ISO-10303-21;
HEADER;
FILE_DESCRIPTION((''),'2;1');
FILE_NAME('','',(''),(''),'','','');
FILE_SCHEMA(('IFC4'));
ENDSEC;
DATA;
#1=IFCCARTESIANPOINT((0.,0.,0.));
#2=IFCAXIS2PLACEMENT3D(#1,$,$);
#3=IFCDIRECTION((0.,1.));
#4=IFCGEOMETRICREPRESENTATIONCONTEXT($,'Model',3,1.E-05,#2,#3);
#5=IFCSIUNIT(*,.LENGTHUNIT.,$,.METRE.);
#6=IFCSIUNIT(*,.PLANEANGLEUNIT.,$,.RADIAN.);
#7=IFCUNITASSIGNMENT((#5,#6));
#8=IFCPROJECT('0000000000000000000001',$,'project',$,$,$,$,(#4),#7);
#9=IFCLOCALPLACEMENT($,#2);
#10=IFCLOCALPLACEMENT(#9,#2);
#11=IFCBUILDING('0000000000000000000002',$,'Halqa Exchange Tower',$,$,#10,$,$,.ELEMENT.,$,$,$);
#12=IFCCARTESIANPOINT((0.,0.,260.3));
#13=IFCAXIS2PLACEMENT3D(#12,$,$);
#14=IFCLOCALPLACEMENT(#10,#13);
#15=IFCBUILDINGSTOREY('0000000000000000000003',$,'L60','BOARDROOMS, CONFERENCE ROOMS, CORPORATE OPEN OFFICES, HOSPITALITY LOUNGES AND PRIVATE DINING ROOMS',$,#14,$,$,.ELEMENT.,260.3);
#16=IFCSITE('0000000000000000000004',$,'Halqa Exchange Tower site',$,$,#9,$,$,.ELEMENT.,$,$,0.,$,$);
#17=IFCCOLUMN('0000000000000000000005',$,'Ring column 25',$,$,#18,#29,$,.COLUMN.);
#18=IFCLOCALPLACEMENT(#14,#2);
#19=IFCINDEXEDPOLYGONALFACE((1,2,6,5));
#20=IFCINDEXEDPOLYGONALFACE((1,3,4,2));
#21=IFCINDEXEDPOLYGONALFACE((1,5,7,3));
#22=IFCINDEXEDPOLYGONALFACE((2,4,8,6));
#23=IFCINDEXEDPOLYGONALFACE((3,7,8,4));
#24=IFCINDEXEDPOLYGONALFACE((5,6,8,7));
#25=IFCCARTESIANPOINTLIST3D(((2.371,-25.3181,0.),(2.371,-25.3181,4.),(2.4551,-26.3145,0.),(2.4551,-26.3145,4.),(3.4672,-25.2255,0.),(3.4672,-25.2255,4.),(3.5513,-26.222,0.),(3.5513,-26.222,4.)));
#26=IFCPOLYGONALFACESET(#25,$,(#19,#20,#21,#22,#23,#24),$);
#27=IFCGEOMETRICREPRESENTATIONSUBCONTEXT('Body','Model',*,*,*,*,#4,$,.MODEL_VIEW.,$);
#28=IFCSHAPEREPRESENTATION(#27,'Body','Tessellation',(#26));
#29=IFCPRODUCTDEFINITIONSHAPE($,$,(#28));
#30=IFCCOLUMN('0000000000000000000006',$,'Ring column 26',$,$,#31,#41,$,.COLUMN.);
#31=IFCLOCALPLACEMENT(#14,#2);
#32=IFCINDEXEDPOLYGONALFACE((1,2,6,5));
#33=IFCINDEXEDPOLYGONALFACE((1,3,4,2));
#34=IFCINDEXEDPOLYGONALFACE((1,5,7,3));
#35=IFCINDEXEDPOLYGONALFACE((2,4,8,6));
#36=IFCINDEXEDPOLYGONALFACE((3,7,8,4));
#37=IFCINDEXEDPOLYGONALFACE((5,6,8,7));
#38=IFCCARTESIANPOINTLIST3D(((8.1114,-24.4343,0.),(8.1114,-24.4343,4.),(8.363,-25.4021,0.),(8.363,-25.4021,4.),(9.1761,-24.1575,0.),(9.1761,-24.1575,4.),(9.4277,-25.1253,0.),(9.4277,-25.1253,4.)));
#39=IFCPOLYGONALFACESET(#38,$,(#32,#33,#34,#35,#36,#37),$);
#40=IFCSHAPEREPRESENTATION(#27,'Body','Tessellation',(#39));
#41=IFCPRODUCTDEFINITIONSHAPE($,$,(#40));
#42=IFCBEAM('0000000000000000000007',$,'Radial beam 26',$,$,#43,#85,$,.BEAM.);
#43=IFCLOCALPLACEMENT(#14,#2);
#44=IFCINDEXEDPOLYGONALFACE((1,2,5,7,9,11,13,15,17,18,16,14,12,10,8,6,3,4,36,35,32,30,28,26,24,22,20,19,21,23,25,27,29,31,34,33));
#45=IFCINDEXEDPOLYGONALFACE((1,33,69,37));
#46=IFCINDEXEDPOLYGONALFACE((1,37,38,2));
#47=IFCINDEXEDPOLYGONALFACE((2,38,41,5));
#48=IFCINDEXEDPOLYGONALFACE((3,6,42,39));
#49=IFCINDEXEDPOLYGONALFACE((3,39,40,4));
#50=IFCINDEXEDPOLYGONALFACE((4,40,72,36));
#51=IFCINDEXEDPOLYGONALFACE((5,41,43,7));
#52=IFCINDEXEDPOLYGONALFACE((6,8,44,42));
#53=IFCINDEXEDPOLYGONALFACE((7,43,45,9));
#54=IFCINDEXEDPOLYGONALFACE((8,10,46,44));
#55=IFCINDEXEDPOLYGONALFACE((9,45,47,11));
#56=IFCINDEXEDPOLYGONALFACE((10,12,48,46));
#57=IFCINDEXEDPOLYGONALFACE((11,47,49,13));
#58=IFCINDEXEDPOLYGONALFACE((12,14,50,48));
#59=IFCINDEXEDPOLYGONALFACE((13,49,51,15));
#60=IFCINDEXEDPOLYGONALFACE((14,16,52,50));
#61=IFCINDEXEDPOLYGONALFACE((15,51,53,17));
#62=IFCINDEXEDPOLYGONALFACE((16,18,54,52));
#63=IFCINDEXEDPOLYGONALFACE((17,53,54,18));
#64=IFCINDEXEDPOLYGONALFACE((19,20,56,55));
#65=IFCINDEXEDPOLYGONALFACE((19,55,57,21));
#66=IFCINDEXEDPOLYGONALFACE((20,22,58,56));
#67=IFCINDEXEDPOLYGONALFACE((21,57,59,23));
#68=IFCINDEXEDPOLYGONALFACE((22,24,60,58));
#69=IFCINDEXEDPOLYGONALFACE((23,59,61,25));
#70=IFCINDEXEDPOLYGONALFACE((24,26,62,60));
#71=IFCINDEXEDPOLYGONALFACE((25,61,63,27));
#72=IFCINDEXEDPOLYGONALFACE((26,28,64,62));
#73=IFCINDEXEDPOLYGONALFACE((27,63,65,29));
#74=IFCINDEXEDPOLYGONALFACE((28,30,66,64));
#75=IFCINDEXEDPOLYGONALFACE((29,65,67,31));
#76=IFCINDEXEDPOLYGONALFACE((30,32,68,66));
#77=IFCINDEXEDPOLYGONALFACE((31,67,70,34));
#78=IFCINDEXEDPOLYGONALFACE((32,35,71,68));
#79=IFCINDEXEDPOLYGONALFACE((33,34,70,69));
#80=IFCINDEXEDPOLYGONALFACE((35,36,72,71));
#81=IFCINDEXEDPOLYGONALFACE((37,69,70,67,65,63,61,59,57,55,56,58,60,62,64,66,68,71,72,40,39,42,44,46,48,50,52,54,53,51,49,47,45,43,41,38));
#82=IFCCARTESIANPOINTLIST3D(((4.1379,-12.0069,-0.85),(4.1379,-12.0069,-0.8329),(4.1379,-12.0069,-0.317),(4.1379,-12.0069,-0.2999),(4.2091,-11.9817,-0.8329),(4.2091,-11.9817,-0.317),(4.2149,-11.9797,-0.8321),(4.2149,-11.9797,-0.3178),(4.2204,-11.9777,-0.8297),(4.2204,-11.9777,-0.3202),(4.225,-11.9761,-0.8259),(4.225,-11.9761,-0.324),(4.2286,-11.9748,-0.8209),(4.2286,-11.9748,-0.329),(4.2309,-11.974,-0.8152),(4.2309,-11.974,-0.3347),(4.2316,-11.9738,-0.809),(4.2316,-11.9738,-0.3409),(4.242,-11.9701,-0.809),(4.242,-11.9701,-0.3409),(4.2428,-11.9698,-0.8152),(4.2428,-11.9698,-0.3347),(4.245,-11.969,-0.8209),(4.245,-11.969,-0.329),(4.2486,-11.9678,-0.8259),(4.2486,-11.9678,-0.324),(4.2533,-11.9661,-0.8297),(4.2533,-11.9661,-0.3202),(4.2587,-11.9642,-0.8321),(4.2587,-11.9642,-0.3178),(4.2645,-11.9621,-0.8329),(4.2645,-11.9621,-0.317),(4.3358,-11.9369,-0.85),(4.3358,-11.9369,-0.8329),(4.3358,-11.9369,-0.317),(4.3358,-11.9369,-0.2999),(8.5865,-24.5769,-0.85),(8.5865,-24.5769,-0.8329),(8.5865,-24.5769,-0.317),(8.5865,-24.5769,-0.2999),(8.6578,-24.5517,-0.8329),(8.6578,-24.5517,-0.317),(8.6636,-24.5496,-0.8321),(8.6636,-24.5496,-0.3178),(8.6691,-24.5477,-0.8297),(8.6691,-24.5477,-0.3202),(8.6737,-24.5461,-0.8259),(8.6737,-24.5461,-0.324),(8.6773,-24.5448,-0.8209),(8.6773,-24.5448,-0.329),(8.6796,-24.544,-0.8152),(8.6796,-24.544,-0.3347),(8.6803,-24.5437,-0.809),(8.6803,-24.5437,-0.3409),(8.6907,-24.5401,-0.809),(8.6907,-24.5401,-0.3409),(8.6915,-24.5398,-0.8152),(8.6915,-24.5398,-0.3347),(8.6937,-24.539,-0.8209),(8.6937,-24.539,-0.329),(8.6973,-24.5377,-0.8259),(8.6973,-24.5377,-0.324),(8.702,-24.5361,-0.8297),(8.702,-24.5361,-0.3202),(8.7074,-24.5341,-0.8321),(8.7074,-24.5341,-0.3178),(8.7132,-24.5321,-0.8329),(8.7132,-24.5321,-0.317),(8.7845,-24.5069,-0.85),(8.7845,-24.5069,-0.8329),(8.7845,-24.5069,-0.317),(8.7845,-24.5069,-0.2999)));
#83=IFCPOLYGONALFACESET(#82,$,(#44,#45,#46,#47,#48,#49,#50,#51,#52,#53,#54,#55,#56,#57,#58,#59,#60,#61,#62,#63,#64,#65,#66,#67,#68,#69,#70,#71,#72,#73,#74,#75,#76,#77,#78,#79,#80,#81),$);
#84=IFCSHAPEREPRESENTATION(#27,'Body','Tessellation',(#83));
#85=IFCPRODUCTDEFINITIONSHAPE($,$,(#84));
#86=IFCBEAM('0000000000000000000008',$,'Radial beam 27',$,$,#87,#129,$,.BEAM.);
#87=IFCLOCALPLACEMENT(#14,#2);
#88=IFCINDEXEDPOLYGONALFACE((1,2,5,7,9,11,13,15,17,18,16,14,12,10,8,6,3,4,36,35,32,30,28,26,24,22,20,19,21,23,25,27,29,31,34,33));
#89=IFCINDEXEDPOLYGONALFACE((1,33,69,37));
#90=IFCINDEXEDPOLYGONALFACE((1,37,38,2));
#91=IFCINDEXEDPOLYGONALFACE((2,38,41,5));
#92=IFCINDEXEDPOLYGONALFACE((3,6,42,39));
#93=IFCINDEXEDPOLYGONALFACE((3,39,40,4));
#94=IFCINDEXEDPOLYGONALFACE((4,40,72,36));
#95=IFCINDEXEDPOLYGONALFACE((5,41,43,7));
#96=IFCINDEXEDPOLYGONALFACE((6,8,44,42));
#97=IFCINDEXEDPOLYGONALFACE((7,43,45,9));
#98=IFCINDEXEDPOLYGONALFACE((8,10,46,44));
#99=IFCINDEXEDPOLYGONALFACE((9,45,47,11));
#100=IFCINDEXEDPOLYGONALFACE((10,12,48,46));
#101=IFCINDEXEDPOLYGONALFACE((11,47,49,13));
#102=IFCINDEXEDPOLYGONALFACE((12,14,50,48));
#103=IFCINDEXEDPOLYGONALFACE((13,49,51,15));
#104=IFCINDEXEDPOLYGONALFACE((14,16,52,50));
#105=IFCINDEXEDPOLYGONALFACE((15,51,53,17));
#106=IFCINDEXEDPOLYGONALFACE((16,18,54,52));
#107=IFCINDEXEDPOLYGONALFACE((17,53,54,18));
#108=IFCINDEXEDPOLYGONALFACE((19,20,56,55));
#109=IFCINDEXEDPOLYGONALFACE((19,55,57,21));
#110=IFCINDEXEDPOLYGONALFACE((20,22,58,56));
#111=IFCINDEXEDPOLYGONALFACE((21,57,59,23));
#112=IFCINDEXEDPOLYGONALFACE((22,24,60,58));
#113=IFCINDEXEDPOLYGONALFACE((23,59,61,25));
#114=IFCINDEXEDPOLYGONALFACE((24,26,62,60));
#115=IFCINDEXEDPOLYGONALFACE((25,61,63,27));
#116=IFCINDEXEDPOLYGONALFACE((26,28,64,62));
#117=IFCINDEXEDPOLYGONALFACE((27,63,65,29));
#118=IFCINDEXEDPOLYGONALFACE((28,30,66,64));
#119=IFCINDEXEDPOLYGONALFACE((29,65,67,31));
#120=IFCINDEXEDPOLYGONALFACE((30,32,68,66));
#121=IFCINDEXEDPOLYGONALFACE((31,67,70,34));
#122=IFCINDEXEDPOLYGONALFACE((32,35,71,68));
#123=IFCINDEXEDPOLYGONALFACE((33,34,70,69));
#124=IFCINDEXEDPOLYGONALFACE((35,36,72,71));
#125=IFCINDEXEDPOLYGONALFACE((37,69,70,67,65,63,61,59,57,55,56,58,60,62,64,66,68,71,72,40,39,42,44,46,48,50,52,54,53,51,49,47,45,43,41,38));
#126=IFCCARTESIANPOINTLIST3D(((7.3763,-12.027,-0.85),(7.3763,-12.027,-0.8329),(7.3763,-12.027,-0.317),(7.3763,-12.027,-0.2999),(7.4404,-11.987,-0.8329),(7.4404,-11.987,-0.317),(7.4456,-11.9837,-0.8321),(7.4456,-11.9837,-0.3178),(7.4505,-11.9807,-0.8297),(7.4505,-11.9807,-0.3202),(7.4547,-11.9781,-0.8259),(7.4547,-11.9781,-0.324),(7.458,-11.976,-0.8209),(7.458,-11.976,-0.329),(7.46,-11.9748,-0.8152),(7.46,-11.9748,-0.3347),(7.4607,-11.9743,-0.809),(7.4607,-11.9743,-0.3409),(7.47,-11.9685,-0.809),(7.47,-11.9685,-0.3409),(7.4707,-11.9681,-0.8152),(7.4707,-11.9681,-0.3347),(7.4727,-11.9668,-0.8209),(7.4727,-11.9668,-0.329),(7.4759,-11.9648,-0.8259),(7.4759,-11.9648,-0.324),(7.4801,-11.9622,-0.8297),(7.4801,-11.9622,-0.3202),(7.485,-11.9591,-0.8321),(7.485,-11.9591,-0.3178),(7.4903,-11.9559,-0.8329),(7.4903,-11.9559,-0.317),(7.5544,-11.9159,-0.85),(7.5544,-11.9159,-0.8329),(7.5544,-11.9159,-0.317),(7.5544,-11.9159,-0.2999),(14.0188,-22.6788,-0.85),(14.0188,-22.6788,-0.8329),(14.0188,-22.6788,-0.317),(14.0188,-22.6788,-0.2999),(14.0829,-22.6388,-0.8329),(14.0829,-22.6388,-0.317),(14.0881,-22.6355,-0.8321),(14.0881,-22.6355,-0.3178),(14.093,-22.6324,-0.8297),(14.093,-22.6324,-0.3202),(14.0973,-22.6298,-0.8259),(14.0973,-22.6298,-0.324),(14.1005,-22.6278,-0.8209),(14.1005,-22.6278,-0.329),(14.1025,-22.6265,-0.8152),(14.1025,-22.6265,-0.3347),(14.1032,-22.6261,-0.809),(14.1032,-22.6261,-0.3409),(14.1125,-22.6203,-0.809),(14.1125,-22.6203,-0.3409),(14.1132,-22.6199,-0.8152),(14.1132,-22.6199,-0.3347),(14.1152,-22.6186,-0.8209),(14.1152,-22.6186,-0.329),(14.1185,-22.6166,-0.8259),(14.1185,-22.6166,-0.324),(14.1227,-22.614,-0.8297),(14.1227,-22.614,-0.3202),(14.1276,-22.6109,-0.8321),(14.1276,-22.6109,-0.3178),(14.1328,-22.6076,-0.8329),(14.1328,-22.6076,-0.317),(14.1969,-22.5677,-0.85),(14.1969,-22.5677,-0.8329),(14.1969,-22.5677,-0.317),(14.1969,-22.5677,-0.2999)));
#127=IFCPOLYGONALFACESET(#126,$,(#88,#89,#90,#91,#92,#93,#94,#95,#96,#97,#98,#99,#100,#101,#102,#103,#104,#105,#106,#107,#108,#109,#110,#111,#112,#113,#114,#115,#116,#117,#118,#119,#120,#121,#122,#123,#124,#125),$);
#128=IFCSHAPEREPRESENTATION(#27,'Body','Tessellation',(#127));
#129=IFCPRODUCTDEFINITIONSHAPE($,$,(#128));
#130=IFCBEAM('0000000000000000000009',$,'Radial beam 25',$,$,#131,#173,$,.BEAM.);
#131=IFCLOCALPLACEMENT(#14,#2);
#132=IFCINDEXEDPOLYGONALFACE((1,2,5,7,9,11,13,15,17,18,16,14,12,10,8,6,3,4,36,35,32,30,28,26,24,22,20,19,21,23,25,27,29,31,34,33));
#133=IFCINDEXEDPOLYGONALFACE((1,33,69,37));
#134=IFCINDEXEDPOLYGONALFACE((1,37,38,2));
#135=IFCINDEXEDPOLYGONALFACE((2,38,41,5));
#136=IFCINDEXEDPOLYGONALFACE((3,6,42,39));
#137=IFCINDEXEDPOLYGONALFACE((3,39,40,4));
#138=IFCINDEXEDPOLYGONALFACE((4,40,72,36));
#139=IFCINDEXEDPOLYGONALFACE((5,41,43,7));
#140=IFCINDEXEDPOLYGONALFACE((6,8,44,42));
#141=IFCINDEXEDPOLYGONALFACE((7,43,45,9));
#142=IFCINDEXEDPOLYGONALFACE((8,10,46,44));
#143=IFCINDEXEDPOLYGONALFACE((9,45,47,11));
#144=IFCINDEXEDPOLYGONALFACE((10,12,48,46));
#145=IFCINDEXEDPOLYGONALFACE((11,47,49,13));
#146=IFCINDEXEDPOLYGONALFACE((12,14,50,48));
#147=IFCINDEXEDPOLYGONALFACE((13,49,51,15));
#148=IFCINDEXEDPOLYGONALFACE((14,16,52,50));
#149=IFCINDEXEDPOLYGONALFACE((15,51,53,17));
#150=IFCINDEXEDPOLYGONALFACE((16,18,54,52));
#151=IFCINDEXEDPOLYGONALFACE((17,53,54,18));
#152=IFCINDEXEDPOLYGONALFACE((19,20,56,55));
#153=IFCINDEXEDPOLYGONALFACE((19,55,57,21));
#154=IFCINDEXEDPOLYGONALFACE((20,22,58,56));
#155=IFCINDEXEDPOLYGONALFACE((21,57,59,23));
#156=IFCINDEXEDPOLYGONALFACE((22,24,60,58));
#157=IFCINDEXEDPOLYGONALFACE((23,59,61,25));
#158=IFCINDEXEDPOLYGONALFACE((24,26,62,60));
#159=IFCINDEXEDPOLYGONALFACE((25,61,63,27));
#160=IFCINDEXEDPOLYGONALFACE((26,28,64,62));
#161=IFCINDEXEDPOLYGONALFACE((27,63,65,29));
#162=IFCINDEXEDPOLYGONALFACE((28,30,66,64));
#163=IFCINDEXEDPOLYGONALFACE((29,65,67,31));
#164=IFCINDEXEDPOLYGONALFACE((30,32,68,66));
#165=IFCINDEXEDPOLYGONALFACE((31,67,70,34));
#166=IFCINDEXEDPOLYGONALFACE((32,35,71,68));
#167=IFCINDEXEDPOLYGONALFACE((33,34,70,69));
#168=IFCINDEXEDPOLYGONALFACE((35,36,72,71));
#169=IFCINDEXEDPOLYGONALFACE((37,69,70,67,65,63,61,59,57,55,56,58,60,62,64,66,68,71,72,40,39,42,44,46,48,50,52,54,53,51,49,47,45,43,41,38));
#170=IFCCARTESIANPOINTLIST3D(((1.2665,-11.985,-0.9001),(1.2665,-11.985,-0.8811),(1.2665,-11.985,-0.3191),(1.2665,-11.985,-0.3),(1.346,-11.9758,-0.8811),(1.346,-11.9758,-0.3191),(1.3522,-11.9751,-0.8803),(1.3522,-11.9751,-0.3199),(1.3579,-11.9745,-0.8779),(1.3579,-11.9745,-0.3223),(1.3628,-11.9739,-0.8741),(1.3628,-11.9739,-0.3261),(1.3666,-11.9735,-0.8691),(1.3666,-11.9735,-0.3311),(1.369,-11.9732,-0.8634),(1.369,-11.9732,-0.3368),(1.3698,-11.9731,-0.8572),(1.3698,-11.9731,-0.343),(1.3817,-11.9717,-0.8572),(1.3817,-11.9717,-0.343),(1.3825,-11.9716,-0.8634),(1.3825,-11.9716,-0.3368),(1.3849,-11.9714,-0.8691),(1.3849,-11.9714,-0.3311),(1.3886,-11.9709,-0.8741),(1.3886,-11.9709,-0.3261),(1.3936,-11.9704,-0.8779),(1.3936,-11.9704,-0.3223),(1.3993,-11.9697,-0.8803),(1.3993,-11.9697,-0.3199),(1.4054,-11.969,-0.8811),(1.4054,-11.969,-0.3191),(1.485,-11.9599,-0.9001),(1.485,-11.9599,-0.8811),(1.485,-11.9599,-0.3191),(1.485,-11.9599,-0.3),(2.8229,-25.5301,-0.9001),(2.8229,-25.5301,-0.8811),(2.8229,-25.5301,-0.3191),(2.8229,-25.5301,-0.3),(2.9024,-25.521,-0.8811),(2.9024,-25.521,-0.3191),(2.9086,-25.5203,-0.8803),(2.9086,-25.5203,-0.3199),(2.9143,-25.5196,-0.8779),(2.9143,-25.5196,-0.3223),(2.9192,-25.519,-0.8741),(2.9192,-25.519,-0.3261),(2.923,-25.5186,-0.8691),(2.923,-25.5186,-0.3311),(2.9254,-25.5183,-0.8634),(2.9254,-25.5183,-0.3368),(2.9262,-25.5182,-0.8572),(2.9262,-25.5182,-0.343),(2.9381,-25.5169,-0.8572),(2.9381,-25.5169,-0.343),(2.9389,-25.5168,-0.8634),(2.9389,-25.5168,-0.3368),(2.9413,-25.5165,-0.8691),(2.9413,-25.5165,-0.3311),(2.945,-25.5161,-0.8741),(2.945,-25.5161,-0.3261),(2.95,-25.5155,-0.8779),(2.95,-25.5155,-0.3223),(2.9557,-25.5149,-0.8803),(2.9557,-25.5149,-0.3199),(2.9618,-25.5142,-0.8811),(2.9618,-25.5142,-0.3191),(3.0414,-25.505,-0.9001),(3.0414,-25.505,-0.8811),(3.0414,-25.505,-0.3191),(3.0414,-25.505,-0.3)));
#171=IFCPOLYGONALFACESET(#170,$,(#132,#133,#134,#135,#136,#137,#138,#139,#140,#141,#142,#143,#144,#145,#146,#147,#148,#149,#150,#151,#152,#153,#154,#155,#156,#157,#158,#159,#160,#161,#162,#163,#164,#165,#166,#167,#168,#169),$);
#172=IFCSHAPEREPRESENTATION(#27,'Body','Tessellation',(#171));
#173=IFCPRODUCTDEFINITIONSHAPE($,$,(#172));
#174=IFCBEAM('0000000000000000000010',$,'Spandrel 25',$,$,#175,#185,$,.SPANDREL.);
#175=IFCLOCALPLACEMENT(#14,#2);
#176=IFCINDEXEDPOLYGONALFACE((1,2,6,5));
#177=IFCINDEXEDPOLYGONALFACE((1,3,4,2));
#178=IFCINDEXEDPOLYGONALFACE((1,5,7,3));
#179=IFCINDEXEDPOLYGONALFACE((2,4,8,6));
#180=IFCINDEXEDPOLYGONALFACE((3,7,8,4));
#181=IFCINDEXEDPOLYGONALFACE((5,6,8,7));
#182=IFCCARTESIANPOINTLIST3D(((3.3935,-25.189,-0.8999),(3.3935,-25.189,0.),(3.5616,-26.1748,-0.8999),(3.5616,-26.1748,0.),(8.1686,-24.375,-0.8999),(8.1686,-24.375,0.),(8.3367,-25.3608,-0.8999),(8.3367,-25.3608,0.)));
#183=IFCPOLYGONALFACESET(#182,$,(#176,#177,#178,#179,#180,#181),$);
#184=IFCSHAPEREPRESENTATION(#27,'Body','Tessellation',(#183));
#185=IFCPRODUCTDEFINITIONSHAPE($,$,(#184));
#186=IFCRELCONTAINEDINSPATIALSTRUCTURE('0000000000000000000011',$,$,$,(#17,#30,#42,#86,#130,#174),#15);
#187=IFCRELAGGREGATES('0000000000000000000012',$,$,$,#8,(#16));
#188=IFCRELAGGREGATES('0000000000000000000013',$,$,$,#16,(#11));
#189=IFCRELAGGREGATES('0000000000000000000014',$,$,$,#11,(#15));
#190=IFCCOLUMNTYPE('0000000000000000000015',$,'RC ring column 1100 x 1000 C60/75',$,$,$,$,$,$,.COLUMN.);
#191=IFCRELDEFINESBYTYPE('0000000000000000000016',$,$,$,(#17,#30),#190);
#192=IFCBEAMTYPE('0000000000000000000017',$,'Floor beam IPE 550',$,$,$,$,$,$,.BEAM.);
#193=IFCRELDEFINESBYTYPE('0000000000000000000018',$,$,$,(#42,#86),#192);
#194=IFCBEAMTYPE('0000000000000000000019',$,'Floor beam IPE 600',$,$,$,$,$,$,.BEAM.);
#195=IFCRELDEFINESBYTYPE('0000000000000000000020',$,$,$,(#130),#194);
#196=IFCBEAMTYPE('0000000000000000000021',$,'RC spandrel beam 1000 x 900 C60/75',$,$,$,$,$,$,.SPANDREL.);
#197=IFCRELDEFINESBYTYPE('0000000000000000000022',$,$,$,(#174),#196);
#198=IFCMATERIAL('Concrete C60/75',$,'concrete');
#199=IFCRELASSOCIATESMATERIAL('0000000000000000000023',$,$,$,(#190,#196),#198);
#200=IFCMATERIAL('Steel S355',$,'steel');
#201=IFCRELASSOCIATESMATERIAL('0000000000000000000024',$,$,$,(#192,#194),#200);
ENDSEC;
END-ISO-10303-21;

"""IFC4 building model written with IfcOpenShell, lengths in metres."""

from ifc_helpers import new_model, si_unit, direction, frame, origin, origin_2d, place, context, subcontext, project, spatial, rectangle, i_section, extrude, material, material_profile, profile_set, type_object, element, save


model = new_model("IFC4")

# Units and contexts
model_context = context("Model", 3, precision=1e-05, world=origin(), true_north=direction((0.0, 1.0)))
body_context = subcontext(model_context, "Body", "Model", "MODEL_VIEW")
ifc_project = project(units=[si_unit("LENGTHUNIT", "METRE"), si_unit("PLANEANGLEUNIT", "RADIAN")], contexts=[model_context])

# Site, building, storey
site_placement = place(None, origin())
site = spatial("IfcSite", under=ifc_project, at=site_placement, Name="Halqa Exchange Tower site", CompositionType="ELEMENT", RefElevation=0.0)
building_placement = place(site_placement, origin())
building = spatial("IfcBuilding", under=site, at=building_placement, Name="Halqa Exchange Tower", CompositionType="ELEMENT")
storey_placement = place(building_placement, frame((0.0, 0.0, 260.3)))
storey = spatial("IfcBuildingStorey", under=building, at=storey_placement, Name="L60", Description="BOARDROOMS, CONFERENCE ROOMS, CORPORATE OPEN OFFICES, HOSPITALITY LOUNGES AND PRIVATE DINING ROOMS", CompositionType="ELEMENT", Elevation=260.3)

# Columns
ifc_material_1 = material(Name="Concrete C60/75", Category="concrete")
ifc_material_profile_1 = material_profile(ifc_material_1, rectangle(XDim=1.1001, YDim=1.0, at=origin_2d()), Name="1100 x 1000")
ifc_profile_set_1 = profile_set([ifc_material_profile_1], Name="Concrete C60/75")
column_type = type_object("IfcColumnType", Name="RC ring column 1100 x 1000 C60/75", PredefinedType="COLUMN", material=ifc_profile_set_1)
for number, where, z_axis, x_axis, name in (
    (1, (2.9612, -25.77, 0.0), (0.0, 0.0, 1.0), (0.996456, 0.08412, 0.0), "Ring column 25"),
    (2, (8.7695, -24.7798, 0.0), (0.0, 0.0, 1.0), (0.96782, 0.251642, 0.0), "Ring column 26"),
):
    element("IfcColumn", number, at=place(storey_placement, frame(where, z_axis=z_axis, x_axis=x_axis)), inside=storey, type_object=column_type, Name=name, PredefinedType="COLUMN", context=body_context, shape_type="SweptSolid", body=[
        extrude(rectangle(XDim=1.1001, YDim=1.0, at=origin_2d()), origin(), (0.0, 0.0, 1.0), 4.0),
    ])

# Beams
ifc_material_2 = material(Name="Steel S355", Category="steel")
ifc_material_profile_2 = material_profile(ifc_material_2, i_section(OverallWidth=0.21, OverallDepth=0.55, WebThickness=0.011, FlangeThickness=0.0171, FilletRadius=0.0239, at=origin_2d()), Name="IPE 550")
ifc_profile_set_2 = profile_set([ifc_material_profile_2], Name="Steel S355")
beam_type_1 = type_object("IfcBeamType", Name="Floor beam IPE 550", PredefinedType="BEAM", material=ifc_profile_set_2)
beam_1_placement = place(storey_placement, frame((4.2368, -11.9719, -0.575), z_axis=(0.333636, -0.942702, 0.0), x_axis=(0.942702, 0.333636, 0.0)))
element("IfcBeam", 3, at=beam_1_placement, inside=storey, type_object=beam_type_1, Name="Radial beam 26", PredefinedType="BEAM", context=body_context, shape_type="SweptSolid", body=[
    extrude(i_section(OverallWidth=0.21, OverallDepth=0.55, WebThickness=0.011, FlangeThickness=0.0171, FilletRadius=0.0239, at=origin_2d()), origin(), (0.0, 0.0, 1.0), 13.334),
])
beam_2_placement = place(storey_placement, frame((7.4653, -11.9714, -0.575), z_axis=(0.529149, -0.848529, 0.0), x_axis=(0.848529, 0.529149, 0.0)))
element("IfcBeam", 4, at=beam_2_placement, inside=storey, type_object=beam_type_1, Name="Radial beam 27", PredefinedType="BEAM", context=body_context, shape_type="SweptSolid", body=[
    extrude(i_section(OverallWidth=0.21, OverallDepth=0.55, WebThickness=0.011, FlangeThickness=0.0171, FilletRadius=0.0239, at=origin_2d()), origin(), (0.0, 0.0, 1.0), 12.5532),
])
ifc_material_profile_3 = material_profile(ifc_material_2, i_section(OverallWidth=0.22, OverallDepth=0.6001, WebThickness=0.012, FlangeThickness=0.019, FilletRadius=0.0239, at=origin_2d()), Name="IPE 600")
ifc_profile_set_3 = profile_set([ifc_material_profile_3], Name="Steel S355")
beam_type_2 = type_object("IfcBeamType", Name="Floor beam IPE 600", PredefinedType="BEAM", material=ifc_profile_set_3)
beam_3_placement = place(storey_placement, frame((1.3757, -11.9724, -0.6001), z_axis=(0.114153, -0.993463, 0.0), x_axis=(0.993463, 0.114153, 0.0)))
element("IfcBeam", 5, at=beam_3_placement, inside=storey, type_object=beam_type_2, Name="Radial beam 25", PredefinedType="BEAM", context=body_context, shape_type="SweptSolid", body=[
    extrude(i_section(OverallWidth=0.22, OverallDepth=0.6001, WebThickness=0.012, FlangeThickness=0.019, FilletRadius=0.0239, at=origin_2d()), origin(), (0.0, 0.0, 1.0), 13.6343),
])
ifc_material_profile_4 = material_profile(ifc_material_1, rectangle(XDim=1.0, YDim=0.8999, at=origin_2d()), Name="1000 x 900")
ifc_profile_set_4 = profile_set([ifc_material_profile_4], Name="Concrete C60/75")
beam_type_3 = type_object("IfcBeamType", Name="RC spandrel beam 1000 x 900 C60/75", PredefinedType="SPANDREL", material=ifc_profile_set_4)
beam_4_placement = place(storey_placement, frame((3.4775, -25.6819, -0.45), z_axis=(0.985781, 0.168035, 0.0), x_axis=(-0.168035, 0.985781, 0.0)))
element("IfcBeam", 6, at=beam_4_placement, inside=storey, type_object=beam_type_3, Name="Spandrel 25", PredefinedType="SPANDREL", context=body_context, shape_type="SweptSolid", body=[
    extrude(rectangle(XDim=1.0, YDim=0.8999, at=origin_2d()), origin(), (0.0, 0.0, 1.0), 4.844),
])

save(model, "model.ifc")
